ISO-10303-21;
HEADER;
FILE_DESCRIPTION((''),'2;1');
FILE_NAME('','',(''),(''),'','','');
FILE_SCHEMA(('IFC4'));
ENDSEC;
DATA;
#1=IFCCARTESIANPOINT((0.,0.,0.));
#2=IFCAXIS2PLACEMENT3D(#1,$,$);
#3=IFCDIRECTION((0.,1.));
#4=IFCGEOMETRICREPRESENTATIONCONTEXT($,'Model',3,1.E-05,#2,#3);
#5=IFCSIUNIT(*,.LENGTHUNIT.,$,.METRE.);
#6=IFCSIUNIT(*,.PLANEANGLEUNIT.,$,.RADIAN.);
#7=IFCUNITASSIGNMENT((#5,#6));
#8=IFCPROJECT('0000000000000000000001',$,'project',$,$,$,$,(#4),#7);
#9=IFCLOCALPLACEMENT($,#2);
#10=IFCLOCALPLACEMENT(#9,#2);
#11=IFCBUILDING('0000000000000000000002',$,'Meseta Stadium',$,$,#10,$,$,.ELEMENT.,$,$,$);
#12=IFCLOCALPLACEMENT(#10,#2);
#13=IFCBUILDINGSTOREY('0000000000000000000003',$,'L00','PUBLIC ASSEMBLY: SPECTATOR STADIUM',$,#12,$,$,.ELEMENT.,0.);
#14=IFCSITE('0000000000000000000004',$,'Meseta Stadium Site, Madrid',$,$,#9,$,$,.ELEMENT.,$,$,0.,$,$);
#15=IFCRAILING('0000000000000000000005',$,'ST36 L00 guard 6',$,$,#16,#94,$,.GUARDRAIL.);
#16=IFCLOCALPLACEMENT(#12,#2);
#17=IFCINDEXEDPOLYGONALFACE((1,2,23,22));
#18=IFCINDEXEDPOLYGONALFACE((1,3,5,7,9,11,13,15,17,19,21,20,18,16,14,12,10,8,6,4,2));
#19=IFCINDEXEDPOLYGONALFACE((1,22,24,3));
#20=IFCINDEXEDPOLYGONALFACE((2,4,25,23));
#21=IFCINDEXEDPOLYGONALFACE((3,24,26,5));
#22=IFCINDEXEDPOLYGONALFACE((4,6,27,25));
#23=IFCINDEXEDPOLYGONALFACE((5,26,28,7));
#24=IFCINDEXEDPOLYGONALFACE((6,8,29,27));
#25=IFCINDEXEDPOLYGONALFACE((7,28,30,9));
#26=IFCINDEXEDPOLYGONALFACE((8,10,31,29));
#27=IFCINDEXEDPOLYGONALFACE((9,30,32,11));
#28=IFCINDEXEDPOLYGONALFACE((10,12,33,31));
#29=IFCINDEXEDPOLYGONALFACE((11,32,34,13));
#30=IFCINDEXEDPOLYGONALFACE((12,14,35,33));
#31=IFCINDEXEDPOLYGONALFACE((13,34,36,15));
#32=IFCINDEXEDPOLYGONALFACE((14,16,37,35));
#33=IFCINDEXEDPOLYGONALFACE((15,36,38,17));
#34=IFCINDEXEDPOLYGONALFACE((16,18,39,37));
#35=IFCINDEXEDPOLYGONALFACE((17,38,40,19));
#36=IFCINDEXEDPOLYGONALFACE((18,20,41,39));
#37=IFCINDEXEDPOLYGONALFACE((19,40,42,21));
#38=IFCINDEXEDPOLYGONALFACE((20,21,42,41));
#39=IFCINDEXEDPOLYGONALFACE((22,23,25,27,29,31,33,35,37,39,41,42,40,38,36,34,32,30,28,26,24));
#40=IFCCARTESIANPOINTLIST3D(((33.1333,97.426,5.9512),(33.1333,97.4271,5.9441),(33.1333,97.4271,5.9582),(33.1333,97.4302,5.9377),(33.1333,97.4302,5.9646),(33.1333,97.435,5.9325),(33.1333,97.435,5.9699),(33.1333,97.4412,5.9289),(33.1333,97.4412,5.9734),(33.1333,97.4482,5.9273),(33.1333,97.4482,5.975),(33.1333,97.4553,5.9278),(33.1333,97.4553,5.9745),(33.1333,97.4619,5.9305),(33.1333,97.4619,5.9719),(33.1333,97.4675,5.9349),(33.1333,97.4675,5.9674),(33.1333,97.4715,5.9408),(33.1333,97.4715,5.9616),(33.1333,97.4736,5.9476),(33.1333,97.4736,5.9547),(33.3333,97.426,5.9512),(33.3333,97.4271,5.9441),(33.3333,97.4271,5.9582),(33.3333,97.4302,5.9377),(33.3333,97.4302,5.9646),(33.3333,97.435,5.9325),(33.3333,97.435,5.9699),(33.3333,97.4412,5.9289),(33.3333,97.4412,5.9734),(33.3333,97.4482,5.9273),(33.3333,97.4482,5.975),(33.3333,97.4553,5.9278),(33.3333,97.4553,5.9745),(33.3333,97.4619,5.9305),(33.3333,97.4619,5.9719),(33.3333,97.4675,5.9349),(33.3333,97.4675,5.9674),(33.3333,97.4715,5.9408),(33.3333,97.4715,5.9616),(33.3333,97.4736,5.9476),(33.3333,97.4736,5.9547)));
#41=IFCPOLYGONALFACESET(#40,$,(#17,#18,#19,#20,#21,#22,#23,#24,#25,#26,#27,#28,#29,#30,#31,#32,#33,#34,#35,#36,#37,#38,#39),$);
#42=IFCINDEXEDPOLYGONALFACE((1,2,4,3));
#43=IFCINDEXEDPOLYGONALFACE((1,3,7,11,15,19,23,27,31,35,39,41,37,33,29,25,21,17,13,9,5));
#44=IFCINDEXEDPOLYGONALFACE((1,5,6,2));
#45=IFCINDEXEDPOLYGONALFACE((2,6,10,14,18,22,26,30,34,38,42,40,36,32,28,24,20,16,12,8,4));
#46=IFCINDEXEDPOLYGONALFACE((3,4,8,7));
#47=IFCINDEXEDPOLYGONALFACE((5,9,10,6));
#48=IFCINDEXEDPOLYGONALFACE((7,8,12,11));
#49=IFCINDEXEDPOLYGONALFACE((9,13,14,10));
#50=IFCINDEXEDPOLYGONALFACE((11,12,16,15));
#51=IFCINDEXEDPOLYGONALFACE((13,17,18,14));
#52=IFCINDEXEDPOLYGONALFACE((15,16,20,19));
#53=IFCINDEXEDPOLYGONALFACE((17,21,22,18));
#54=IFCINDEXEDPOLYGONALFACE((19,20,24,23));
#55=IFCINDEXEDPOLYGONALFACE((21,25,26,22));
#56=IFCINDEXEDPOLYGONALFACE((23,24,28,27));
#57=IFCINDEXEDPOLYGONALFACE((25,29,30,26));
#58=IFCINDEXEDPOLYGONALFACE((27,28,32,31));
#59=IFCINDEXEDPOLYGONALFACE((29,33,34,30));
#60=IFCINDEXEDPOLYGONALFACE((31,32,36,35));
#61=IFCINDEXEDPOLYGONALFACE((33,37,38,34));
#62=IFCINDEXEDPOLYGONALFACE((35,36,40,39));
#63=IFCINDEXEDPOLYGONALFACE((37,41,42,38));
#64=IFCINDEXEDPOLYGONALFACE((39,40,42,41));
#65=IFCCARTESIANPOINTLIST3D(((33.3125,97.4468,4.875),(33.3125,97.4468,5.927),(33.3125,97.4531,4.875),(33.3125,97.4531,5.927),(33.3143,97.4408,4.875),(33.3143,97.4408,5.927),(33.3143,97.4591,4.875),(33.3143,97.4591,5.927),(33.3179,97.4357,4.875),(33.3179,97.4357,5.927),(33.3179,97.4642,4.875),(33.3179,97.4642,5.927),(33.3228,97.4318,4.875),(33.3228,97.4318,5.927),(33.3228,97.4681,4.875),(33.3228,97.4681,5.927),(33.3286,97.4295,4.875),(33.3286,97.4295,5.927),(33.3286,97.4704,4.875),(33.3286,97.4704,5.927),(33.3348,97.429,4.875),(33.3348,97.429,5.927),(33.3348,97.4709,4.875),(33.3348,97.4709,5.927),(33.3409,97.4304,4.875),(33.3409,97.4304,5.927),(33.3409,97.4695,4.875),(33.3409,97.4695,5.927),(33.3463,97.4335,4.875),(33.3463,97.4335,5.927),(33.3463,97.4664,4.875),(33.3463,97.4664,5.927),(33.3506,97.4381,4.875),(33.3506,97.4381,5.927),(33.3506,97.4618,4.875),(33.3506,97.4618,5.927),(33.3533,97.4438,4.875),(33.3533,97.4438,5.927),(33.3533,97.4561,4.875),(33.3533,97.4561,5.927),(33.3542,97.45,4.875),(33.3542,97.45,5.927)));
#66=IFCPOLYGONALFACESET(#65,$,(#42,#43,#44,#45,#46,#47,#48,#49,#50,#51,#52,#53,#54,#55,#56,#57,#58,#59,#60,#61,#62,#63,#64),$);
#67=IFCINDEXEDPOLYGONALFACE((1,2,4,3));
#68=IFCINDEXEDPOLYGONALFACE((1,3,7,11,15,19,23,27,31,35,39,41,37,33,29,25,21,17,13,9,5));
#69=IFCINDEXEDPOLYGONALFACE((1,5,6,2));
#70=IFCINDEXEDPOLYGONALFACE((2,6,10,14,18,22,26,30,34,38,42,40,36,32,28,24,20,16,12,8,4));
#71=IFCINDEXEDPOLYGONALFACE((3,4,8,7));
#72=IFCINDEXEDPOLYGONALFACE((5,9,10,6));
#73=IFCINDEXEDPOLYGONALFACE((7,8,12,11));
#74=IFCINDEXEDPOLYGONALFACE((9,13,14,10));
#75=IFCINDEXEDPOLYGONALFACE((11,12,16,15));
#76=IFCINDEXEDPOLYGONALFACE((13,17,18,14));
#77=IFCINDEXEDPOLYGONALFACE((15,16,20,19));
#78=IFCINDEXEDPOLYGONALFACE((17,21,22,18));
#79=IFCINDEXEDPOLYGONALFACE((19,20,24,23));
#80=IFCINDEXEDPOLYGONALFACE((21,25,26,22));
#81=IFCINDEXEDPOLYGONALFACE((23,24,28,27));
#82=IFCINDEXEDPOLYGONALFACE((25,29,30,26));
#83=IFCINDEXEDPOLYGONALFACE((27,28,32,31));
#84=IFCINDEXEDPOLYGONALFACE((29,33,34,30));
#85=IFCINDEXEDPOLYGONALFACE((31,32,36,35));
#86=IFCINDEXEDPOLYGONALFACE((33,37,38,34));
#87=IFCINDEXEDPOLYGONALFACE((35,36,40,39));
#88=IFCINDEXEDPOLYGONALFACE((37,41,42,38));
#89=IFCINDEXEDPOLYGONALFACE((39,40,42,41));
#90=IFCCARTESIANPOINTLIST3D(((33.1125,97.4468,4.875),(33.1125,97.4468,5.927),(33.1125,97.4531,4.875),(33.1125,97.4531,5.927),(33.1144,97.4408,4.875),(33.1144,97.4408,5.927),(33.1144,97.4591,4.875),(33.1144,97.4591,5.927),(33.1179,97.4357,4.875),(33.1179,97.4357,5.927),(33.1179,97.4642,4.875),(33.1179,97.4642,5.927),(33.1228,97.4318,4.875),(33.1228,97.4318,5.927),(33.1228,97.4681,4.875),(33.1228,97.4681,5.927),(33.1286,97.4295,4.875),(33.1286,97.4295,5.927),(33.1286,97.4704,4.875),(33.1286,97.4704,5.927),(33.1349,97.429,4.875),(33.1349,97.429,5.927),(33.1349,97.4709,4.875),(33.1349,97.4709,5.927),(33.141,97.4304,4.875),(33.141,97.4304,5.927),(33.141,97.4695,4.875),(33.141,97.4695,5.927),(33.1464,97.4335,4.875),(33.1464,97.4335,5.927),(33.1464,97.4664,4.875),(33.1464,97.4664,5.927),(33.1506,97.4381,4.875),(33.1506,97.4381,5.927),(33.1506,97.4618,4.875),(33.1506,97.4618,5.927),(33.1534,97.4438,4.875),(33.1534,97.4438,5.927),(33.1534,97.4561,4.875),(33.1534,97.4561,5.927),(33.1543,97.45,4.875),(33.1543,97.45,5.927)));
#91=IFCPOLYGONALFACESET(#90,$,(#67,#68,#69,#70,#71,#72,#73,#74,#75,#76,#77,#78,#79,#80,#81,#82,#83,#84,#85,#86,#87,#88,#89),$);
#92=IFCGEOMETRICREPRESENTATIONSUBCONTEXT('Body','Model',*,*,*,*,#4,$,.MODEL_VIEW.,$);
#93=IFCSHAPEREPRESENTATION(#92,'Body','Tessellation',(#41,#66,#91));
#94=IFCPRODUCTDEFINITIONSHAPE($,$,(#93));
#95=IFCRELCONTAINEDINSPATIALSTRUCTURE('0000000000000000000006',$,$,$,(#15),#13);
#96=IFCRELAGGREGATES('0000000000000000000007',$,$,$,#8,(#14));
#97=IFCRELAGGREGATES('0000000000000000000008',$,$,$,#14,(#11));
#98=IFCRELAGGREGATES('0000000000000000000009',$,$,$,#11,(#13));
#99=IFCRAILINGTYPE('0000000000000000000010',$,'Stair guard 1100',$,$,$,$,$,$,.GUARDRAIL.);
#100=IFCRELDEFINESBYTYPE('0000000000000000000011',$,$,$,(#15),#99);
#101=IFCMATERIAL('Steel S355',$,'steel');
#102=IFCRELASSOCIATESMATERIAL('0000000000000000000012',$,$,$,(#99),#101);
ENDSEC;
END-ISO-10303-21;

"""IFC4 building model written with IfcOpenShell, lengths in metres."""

from ifc_helpers import new_model, si_unit, direction, frame, origin, origin_2d, place, context, subcontext, project, spatial, circle, extrude, material, type_object, element, save


model = new_model("IFC4")

# Units and contexts
model_context = context("Model", 3, precision=1e-05, world=origin(), true_north=direction((0.0, 1.0)))
body_context = subcontext(model_context, "Body", "Model", "MODEL_VIEW")
ifc_project = project(units=[si_unit("LENGTHUNIT", "METRE"), si_unit("PLANEANGLEUNIT", "RADIAN")], contexts=[model_context])

# Site, building, storey
site_placement = place(None, origin())
site = spatial("IfcSite", under=ifc_project, at=site_placement, Name="Meseta Stadium Site, Madrid", CompositionType="ELEMENT", RefElevation=0.0)
building_placement = place(site_placement, origin())
building = spatial("IfcBuilding", under=site, at=building_placement, Name="Meseta Stadium", CompositionType="ELEMENT")
storey_placement = place(building_placement, origin())
storey = spatial("IfcBuildingStorey", under=building, at=storey_placement, Name="L00", Description="PUBLIC ASSEMBLY: SPECTATOR STADIUM", CompositionType="ELEMENT", Elevation=0.0)

# Railing
ifc_material_1 = material(Name="Steel S355", Category="steel")
railing_type_1 = type_object("IfcRailingType", Name="Stair guard 1100", PredefinedType="GUARDRAIL", material=ifc_material_1)
railing_1_placement = place(storey_placement, frame((33.3333, 97.45, 4.875)))
element("IfcRailing", 1, at=railing_1_placement, inside=storey, type_object=railing_type_1, Name="ST36 L00 guard 6", PredefinedType="GUARDRAIL", context=body_context, shape_type="SweptSolid", body=[
    extrude(circle(Radius=0.0239, at=origin_2d()), frame((0.0, 0.0, 1.0762), z_axis=(-1.0, 0.0, 0.0), x_axis=(0.0, -1.0, 0.0)), (0.0, 0.0, 1.0), 0.2),
    extrude(circle(Radius=0.021, at=origin_2d()), origin(), (0.0, 0.0, 1.0), 1.052),
    extrude(circle(Radius=0.021, at=origin_2d()), frame((-0.2, 0.0, 0.0)), (0.0, 0.0, 1.0), 1.052),
])

save(model, "model.ifc")
